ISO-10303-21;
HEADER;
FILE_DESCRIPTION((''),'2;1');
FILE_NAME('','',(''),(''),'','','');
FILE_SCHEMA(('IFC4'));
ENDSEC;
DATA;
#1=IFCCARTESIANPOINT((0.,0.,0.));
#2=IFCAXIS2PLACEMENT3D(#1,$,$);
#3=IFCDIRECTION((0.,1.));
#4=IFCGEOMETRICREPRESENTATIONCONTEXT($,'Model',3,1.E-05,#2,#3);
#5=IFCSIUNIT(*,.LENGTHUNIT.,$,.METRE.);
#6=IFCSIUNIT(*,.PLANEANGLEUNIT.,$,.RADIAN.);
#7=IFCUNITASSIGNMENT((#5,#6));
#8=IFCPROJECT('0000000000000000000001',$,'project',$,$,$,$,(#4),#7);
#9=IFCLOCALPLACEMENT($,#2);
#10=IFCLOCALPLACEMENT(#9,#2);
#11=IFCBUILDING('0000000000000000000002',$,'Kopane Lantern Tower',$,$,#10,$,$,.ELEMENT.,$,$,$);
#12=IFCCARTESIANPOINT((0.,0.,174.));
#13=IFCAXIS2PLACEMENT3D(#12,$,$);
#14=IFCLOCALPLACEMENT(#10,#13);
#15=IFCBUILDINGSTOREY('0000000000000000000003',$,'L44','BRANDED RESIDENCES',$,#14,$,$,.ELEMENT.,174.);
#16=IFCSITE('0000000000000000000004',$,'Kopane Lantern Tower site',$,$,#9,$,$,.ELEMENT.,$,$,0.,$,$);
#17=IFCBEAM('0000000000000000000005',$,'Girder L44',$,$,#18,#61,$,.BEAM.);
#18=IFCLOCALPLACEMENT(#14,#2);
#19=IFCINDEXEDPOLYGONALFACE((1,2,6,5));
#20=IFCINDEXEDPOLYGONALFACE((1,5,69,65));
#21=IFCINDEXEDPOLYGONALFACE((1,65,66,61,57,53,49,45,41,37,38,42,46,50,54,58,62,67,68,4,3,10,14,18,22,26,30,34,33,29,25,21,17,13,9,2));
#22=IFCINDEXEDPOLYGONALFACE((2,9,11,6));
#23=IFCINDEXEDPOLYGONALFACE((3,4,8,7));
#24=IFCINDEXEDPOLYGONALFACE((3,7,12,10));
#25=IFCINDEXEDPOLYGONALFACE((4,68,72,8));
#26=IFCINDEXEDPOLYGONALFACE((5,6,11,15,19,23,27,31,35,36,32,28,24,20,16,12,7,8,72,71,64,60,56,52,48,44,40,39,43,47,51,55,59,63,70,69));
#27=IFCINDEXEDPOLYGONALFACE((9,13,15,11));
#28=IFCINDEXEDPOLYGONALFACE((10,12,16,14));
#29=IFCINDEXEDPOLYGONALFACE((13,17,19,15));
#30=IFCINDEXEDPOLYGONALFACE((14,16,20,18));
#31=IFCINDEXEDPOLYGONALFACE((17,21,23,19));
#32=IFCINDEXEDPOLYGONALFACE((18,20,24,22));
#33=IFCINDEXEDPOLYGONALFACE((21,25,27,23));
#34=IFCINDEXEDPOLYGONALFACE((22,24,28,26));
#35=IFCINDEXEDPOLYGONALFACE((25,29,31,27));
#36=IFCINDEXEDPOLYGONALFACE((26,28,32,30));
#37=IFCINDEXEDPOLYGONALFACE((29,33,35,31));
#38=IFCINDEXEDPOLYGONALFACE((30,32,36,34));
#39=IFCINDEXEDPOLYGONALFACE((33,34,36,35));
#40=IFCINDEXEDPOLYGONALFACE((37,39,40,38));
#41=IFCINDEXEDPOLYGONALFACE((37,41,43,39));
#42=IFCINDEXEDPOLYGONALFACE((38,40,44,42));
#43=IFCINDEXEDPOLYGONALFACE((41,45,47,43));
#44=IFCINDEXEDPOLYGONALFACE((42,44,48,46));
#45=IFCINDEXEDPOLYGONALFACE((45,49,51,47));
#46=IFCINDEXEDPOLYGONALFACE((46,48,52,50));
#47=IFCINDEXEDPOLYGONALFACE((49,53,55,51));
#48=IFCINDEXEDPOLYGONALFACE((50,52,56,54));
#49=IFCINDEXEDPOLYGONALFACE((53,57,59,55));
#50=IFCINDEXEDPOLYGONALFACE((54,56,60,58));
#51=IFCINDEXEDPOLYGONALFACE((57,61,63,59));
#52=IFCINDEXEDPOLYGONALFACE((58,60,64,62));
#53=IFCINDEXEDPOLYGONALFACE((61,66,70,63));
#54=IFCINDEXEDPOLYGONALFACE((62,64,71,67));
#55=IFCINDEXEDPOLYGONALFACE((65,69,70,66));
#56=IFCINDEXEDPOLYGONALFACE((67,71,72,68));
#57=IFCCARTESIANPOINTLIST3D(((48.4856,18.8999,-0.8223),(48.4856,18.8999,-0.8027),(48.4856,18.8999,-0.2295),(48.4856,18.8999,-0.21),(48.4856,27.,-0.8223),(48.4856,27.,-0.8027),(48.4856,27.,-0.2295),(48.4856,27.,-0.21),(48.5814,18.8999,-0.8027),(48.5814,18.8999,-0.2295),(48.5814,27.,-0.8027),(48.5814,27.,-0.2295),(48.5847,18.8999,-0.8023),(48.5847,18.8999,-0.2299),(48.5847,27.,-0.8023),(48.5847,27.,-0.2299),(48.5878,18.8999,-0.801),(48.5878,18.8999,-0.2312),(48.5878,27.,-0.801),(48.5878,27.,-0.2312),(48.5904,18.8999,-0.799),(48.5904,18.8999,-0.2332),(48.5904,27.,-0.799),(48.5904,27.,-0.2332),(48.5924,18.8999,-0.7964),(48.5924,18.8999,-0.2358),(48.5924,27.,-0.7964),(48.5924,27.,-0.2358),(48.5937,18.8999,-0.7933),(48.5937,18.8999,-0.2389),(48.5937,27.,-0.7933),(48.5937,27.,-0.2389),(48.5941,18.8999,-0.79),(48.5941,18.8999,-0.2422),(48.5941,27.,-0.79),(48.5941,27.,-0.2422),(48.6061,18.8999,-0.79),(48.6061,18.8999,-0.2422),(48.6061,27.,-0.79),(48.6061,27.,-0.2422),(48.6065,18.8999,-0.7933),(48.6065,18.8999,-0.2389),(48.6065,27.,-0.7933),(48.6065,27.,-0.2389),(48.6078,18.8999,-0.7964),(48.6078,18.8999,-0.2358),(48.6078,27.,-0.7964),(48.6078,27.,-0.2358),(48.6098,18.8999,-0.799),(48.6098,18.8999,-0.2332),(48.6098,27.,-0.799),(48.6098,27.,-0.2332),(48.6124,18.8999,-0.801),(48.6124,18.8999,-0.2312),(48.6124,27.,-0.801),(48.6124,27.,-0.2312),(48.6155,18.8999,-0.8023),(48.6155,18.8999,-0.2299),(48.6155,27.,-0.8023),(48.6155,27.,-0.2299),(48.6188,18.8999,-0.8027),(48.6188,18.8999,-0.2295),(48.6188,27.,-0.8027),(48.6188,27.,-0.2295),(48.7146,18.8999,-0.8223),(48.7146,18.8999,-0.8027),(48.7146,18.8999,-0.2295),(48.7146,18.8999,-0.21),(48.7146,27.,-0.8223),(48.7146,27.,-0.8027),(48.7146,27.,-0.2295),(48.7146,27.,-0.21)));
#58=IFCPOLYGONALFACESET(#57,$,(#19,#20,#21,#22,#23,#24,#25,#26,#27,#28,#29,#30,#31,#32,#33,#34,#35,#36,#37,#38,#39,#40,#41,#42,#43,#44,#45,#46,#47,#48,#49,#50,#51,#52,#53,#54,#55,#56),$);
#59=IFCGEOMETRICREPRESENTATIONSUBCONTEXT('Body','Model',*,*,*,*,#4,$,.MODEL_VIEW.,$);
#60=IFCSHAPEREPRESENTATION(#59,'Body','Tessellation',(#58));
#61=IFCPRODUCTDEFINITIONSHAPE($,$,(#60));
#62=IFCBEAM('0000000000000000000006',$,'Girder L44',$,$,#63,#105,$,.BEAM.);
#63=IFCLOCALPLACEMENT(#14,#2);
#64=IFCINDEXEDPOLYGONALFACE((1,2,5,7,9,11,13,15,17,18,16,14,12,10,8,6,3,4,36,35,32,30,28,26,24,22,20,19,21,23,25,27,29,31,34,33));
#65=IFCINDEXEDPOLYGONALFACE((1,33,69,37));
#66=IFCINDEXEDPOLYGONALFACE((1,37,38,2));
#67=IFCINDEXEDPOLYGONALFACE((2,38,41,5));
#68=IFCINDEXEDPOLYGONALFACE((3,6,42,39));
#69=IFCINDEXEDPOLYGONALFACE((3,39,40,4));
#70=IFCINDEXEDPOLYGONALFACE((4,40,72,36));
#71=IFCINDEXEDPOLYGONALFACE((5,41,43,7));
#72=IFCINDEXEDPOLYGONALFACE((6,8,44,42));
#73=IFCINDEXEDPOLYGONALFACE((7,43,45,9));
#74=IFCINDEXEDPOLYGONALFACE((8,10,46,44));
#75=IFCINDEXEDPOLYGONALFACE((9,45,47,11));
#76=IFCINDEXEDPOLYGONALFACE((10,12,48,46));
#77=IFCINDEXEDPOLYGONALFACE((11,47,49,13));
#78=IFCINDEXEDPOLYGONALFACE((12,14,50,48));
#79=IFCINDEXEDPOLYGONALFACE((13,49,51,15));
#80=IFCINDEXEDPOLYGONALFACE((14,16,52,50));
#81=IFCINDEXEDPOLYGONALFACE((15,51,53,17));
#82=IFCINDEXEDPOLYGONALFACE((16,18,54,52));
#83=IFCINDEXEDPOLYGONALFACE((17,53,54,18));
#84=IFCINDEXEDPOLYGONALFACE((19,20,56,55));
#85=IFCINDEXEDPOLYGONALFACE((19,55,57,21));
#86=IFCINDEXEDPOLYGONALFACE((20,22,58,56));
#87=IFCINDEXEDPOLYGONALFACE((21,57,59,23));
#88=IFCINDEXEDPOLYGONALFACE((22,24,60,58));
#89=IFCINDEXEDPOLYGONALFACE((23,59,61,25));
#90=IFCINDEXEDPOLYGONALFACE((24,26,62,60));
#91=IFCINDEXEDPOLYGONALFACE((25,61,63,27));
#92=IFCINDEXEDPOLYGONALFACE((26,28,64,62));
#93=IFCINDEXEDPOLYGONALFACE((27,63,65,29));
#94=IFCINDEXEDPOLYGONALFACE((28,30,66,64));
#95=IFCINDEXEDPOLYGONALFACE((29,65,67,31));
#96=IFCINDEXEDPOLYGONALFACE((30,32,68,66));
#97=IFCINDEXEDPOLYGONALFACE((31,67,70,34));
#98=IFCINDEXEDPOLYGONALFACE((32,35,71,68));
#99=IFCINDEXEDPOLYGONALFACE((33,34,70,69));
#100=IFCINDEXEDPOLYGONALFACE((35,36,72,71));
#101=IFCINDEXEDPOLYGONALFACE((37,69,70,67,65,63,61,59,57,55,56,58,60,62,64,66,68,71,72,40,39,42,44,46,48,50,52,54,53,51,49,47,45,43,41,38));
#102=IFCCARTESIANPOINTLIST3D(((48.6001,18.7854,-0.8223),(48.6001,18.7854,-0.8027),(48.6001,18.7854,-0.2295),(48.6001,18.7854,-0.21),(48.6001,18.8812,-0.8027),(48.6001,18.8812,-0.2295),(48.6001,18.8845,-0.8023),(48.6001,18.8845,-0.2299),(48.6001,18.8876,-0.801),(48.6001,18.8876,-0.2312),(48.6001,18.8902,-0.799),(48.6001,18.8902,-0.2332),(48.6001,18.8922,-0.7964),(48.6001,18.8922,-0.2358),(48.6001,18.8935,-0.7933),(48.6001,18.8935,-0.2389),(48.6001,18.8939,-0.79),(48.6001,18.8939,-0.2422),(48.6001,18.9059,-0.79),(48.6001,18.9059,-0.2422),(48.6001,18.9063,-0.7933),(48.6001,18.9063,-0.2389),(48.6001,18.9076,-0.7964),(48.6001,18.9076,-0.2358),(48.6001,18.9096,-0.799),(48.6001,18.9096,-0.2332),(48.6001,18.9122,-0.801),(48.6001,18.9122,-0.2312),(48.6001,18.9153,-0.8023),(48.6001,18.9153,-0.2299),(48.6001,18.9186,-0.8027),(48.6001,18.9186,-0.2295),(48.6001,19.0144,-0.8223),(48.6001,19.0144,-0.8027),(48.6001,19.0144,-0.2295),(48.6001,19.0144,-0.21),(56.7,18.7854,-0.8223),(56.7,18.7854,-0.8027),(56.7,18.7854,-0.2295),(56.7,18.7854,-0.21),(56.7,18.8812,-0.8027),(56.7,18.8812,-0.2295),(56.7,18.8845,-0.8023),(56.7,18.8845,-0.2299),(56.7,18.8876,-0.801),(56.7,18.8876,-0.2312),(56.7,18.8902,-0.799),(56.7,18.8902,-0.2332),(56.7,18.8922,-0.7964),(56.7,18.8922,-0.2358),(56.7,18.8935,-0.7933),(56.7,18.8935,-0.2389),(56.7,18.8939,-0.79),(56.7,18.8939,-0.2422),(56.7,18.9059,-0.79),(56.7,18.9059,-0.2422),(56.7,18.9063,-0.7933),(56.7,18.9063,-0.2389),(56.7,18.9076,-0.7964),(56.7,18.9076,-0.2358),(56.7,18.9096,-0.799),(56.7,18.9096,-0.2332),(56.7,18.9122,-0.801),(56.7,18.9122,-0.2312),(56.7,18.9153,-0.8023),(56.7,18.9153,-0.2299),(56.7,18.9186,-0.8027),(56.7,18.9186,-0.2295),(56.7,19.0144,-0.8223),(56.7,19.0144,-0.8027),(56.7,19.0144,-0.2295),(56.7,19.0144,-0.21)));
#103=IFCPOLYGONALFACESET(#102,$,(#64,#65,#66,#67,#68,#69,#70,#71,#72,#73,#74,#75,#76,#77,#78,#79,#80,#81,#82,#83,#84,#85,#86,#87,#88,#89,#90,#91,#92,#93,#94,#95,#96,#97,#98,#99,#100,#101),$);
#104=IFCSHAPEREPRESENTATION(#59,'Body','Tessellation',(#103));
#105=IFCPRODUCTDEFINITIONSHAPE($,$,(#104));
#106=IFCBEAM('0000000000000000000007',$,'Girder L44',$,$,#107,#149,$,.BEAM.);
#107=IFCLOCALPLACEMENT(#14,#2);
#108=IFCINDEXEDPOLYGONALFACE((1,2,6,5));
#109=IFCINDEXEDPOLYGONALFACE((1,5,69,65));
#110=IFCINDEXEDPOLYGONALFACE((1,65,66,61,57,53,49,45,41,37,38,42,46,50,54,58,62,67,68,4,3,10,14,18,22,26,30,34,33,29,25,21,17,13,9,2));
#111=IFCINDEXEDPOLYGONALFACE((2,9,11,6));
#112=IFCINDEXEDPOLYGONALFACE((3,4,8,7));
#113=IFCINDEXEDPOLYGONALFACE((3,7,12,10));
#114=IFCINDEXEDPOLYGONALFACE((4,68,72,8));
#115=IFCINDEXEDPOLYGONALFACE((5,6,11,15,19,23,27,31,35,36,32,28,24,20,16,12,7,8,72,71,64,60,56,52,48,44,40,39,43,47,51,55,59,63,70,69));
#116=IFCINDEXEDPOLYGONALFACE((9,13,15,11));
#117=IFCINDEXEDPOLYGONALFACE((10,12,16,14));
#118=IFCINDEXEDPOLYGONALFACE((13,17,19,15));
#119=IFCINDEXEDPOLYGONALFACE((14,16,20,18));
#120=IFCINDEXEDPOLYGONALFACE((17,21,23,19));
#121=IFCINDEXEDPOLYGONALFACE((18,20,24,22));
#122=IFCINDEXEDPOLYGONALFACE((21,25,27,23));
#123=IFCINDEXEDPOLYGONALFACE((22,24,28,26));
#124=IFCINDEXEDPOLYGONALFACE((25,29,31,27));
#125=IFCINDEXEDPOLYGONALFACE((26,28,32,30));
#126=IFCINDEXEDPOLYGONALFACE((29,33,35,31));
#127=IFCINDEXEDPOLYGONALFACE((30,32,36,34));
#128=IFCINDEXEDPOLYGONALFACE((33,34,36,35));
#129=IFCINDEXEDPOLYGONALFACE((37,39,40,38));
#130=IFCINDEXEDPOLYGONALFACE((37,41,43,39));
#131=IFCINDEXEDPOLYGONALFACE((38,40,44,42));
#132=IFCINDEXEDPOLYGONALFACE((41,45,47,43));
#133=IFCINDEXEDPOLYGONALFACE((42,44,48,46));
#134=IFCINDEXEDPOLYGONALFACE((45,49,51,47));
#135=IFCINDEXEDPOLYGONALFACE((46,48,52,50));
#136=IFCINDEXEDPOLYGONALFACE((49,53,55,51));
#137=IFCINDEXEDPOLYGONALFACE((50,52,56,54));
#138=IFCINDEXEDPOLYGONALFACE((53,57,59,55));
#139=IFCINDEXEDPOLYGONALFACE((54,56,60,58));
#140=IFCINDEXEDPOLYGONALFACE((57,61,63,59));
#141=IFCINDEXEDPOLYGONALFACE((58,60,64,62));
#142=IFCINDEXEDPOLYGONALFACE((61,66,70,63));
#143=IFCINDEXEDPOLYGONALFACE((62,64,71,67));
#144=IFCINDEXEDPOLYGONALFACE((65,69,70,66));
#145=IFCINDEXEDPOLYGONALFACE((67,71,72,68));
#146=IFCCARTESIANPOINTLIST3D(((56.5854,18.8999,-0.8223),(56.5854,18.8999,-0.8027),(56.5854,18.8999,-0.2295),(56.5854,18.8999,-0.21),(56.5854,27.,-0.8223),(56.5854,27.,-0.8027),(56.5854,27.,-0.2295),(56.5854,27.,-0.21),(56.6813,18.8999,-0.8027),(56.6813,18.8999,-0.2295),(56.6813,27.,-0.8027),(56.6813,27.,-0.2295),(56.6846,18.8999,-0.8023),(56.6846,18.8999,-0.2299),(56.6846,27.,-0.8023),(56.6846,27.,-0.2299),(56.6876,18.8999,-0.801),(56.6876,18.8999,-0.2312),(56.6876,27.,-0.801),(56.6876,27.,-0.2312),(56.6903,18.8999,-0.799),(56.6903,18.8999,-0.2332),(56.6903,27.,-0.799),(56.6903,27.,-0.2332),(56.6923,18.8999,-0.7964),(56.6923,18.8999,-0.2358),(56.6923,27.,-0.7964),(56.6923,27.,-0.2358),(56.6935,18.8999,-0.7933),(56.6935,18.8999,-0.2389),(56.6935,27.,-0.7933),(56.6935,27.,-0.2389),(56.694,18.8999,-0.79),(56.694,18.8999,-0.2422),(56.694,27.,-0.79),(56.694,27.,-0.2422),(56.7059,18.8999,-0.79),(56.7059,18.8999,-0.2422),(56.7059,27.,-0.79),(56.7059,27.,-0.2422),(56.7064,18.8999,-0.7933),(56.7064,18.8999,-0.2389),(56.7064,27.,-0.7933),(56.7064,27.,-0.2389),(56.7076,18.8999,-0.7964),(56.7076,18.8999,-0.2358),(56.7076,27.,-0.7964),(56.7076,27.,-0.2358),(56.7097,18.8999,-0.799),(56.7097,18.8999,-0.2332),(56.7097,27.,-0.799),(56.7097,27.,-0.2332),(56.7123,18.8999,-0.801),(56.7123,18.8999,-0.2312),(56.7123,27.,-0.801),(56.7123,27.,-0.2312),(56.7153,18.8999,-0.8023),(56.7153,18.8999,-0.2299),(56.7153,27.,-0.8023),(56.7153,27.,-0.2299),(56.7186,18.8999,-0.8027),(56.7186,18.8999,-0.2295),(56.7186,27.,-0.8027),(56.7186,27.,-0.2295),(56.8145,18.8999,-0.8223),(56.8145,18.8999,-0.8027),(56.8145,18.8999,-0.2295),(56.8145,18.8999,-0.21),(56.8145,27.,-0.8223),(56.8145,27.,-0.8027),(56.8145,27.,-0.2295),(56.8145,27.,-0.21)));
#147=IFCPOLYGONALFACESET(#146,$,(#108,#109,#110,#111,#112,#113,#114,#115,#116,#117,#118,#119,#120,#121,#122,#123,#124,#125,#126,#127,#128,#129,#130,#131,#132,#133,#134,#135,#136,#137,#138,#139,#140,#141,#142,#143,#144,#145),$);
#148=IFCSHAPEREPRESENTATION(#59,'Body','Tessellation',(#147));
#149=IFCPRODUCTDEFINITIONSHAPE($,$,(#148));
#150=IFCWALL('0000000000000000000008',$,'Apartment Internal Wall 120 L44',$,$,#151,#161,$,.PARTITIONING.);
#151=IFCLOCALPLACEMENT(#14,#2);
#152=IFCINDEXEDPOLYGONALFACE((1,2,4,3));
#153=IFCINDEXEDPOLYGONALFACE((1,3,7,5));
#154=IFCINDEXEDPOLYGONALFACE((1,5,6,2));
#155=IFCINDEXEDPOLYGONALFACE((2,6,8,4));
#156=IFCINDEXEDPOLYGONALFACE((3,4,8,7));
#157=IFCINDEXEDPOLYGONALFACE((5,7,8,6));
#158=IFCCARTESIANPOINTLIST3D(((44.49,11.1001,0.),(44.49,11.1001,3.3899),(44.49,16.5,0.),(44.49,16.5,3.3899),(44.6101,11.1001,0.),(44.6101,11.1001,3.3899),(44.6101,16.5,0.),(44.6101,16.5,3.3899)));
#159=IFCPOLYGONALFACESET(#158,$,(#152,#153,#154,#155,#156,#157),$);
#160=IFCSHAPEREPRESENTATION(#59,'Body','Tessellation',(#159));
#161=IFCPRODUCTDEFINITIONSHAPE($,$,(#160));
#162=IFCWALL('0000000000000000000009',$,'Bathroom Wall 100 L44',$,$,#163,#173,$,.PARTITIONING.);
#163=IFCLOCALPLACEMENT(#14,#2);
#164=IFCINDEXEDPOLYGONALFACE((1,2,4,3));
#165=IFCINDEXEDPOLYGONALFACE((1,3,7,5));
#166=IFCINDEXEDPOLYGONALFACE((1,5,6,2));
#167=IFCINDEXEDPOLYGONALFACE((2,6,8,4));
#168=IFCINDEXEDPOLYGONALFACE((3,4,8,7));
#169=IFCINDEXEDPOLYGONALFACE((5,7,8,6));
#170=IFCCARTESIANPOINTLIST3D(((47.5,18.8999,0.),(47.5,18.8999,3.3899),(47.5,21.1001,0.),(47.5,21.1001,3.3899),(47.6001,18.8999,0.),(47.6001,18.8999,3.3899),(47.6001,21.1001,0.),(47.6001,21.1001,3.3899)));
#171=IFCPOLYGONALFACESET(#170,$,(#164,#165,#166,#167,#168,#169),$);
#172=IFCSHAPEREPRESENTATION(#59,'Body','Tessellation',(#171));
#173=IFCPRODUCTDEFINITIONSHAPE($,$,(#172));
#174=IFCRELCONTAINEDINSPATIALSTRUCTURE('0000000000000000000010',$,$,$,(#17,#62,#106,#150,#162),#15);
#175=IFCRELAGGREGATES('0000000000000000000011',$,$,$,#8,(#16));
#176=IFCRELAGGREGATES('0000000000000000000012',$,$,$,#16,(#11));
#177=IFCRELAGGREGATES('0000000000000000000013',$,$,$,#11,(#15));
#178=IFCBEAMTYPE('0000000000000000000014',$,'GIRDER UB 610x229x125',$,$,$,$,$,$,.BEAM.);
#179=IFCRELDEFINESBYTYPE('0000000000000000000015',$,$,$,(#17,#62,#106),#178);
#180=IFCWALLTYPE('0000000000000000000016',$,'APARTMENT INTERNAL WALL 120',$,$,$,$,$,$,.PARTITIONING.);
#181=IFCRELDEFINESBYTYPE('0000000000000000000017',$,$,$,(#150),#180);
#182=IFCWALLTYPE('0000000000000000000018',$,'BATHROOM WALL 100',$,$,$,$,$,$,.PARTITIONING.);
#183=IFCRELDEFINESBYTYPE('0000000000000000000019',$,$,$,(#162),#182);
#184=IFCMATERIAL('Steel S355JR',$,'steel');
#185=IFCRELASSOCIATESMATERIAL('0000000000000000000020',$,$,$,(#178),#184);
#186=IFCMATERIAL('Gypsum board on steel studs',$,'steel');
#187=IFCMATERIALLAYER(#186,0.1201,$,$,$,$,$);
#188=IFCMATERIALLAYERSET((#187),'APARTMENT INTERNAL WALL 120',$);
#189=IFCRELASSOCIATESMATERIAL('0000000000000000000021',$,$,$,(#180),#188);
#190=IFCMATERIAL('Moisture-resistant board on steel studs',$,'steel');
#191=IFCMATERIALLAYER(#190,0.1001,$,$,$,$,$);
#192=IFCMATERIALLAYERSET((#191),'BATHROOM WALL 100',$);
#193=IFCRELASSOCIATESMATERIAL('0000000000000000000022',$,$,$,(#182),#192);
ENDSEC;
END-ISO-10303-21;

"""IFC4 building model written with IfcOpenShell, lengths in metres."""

from ifc_helpers import new_model, si_unit, direction, frame, frame_2d, origin, origin_2d, place, context, subcontext, project, spatial, rectangle, i_section, extrude, material, layer, layer_set, material_profile, profile_set, type_object, element, save


model = new_model("IFC4")

# Units and contexts
model_context = context("Model", 3, precision=1e-05, world=origin(), true_north=direction((0.0, 1.0)))
body_context = subcontext(model_context, "Body", "Model", "MODEL_VIEW")
ifc_project = project(units=[si_unit("LENGTHUNIT", "METRE"), si_unit("PLANEANGLEUNIT", "RADIAN")], contexts=[model_context])

# Site, building, storey
site_placement = place(None, origin())
site = spatial("IfcSite", under=ifc_project, at=site_placement, Name="Kopane Lantern Tower site", CompositionType="ELEMENT", RefElevation=0.0)
building_placement = place(site_placement, origin())
building = spatial("IfcBuilding", under=site, at=building_placement, Name="Kopane Lantern Tower", CompositionType="ELEMENT")
storey_placement = place(building_placement, frame((0.0, 0.0, 174.0)))
storey = spatial("IfcBuildingStorey", under=building, at=storey_placement, Name="L44", Description="BRANDED RESIDENCES", CompositionType="ELEMENT", Elevation=174.0)

# Beams
ifc_material_1 = material(Name="Steel S355JR", Category="steel")
ifc_material_profile_1 = material_profile(ifc_material_1, i_section(OverallWidth=0.229, OverallDepth=0.6123, WebThickness=0.012, FlangeThickness=0.0195, FilletRadius=0.0127, at=origin_2d()), Name="UB 610x229x125")
ifc_profile_set_1 = profile_set([ifc_material_profile_1], Name="Steel S355JR")
beam_type_1 = type_object("IfcBeamType", Name="GIRDER UB 610x229x125", PredefinedType="BEAM", material=ifc_profile_set_1)
beam_1_placement = place(storey_placement, frame((48.6001, 18.8999, -0.5161), z_axis=(0.0, 1.0, 0.0), x_axis=(-1.0, 0.0, 0.0)))
element("IfcBeam", 1, at=beam_1_placement, inside=storey, type_object=beam_type_1, Name="Girder L44", PredefinedType="BEAM", context=body_context, shape_type="SweptSolid", body=[
    extrude(i_section(OverallWidth=0.229, OverallDepth=0.6123, WebThickness=0.012, FlangeThickness=0.0195, FilletRadius=0.0127, at=origin_2d()), origin(), (0.0, 0.0, 1.0), 8.1001),
])
beam_2_placement = place(storey_placement, frame((48.6001, 18.8999, -0.5161), z_axis=(1.0, 0.0, 0.0), x_axis=(0.0, 1.0, 0.0)))
element("IfcBeam", 2, at=beam_2_placement, inside=storey, type_object=beam_type_1, Name="Girder L44", PredefinedType="BEAM", context=body_context, shape_type="SweptSolid", body=[
    extrude(i_section(OverallWidth=0.229, OverallDepth=0.6123, WebThickness=0.012, FlangeThickness=0.0195, FilletRadius=0.0127, at=origin_2d()), origin(), (0.0, 0.0, 1.0), 8.0999),
])
beam_3_placement = place(storey_placement, frame((56.7, 18.8999, -0.5161), z_axis=(0.0, 1.0, 0.0), x_axis=(-1.0, 0.0, 0.0)))
element("IfcBeam", 3, at=beam_3_placement, inside=storey, type_object=beam_type_1, Name="Girder L44", PredefinedType="BEAM", context=body_context, shape_type="SweptSolid", body=[
    extrude(i_section(OverallWidth=0.229, OverallDepth=0.6123, WebThickness=0.012, FlangeThickness=0.0195, FilletRadius=0.0127, at=origin_2d()), origin(), (0.0, 0.0, 1.0), 8.1001),
])

# Walls
ifc_material_2 = material(Name="Gypsum board on steel studs", Category="steel")
ifc_layer_1 = layer(ifc_material_2, 0.1201)
ifc_layer_set_1 = layer_set([ifc_layer_1], Name="APARTMENT INTERNAL WALL 120")
wall_type_1 = type_object("IfcWallType", Name="APARTMENT INTERNAL WALL 120", PredefinedType="PARTITIONING", material=ifc_layer_set_1)
wall_1_placement = place(storey_placement, frame((44.55, 16.5, 0.0), z_axis=(0.0, 0.0, 1.0), x_axis=(0.0, -1.0, 0.0)))
element("IfcWall", 4, at=wall_1_placement, inside=storey, type_object=wall_type_1, Name="Apartment Internal Wall 120 L44", PredefinedType="PARTITIONING", context=body_context, shape_type="SweptSolid", body=[
    extrude(rectangle(XDim=5.3999, YDim=0.1201, at=frame_2d((2.7, 0.0))), origin(), (0.0, 0.0, 1.0), 3.3899),
])
ifc_material_3 = material(Name="Moisture-resistant board on steel studs", Category="steel")
ifc_layer_2 = layer(ifc_material_3, 0.1001)
ifc_layer_set_2 = layer_set([ifc_layer_2], Name="BATHROOM WALL 100")
wall_type_2 = type_object("IfcWallType", Name="BATHROOM WALL 100", PredefinedType="PARTITIONING", material=ifc_layer_set_2)
wall_2_placement = place(storey_placement, frame((47.55, 18.8999, 0.0), z_axis=(0.0, 0.0, 1.0), x_axis=(0.0, 1.0, 0.0)))
element("IfcWall", 5, at=wall_2_placement, inside=storey, type_object=wall_type_2, Name="Bathroom Wall 100 L44", PredefinedType="PARTITIONING", context=body_context, shape_type="SweptSolid", body=[
    extrude(rectangle(XDim=2.2002, YDim=0.1001, at=frame_2d((1.1001, 0.0))), origin(), (0.0, 0.0, 1.0), 3.3899),
])

save(model, "model.ifc")
